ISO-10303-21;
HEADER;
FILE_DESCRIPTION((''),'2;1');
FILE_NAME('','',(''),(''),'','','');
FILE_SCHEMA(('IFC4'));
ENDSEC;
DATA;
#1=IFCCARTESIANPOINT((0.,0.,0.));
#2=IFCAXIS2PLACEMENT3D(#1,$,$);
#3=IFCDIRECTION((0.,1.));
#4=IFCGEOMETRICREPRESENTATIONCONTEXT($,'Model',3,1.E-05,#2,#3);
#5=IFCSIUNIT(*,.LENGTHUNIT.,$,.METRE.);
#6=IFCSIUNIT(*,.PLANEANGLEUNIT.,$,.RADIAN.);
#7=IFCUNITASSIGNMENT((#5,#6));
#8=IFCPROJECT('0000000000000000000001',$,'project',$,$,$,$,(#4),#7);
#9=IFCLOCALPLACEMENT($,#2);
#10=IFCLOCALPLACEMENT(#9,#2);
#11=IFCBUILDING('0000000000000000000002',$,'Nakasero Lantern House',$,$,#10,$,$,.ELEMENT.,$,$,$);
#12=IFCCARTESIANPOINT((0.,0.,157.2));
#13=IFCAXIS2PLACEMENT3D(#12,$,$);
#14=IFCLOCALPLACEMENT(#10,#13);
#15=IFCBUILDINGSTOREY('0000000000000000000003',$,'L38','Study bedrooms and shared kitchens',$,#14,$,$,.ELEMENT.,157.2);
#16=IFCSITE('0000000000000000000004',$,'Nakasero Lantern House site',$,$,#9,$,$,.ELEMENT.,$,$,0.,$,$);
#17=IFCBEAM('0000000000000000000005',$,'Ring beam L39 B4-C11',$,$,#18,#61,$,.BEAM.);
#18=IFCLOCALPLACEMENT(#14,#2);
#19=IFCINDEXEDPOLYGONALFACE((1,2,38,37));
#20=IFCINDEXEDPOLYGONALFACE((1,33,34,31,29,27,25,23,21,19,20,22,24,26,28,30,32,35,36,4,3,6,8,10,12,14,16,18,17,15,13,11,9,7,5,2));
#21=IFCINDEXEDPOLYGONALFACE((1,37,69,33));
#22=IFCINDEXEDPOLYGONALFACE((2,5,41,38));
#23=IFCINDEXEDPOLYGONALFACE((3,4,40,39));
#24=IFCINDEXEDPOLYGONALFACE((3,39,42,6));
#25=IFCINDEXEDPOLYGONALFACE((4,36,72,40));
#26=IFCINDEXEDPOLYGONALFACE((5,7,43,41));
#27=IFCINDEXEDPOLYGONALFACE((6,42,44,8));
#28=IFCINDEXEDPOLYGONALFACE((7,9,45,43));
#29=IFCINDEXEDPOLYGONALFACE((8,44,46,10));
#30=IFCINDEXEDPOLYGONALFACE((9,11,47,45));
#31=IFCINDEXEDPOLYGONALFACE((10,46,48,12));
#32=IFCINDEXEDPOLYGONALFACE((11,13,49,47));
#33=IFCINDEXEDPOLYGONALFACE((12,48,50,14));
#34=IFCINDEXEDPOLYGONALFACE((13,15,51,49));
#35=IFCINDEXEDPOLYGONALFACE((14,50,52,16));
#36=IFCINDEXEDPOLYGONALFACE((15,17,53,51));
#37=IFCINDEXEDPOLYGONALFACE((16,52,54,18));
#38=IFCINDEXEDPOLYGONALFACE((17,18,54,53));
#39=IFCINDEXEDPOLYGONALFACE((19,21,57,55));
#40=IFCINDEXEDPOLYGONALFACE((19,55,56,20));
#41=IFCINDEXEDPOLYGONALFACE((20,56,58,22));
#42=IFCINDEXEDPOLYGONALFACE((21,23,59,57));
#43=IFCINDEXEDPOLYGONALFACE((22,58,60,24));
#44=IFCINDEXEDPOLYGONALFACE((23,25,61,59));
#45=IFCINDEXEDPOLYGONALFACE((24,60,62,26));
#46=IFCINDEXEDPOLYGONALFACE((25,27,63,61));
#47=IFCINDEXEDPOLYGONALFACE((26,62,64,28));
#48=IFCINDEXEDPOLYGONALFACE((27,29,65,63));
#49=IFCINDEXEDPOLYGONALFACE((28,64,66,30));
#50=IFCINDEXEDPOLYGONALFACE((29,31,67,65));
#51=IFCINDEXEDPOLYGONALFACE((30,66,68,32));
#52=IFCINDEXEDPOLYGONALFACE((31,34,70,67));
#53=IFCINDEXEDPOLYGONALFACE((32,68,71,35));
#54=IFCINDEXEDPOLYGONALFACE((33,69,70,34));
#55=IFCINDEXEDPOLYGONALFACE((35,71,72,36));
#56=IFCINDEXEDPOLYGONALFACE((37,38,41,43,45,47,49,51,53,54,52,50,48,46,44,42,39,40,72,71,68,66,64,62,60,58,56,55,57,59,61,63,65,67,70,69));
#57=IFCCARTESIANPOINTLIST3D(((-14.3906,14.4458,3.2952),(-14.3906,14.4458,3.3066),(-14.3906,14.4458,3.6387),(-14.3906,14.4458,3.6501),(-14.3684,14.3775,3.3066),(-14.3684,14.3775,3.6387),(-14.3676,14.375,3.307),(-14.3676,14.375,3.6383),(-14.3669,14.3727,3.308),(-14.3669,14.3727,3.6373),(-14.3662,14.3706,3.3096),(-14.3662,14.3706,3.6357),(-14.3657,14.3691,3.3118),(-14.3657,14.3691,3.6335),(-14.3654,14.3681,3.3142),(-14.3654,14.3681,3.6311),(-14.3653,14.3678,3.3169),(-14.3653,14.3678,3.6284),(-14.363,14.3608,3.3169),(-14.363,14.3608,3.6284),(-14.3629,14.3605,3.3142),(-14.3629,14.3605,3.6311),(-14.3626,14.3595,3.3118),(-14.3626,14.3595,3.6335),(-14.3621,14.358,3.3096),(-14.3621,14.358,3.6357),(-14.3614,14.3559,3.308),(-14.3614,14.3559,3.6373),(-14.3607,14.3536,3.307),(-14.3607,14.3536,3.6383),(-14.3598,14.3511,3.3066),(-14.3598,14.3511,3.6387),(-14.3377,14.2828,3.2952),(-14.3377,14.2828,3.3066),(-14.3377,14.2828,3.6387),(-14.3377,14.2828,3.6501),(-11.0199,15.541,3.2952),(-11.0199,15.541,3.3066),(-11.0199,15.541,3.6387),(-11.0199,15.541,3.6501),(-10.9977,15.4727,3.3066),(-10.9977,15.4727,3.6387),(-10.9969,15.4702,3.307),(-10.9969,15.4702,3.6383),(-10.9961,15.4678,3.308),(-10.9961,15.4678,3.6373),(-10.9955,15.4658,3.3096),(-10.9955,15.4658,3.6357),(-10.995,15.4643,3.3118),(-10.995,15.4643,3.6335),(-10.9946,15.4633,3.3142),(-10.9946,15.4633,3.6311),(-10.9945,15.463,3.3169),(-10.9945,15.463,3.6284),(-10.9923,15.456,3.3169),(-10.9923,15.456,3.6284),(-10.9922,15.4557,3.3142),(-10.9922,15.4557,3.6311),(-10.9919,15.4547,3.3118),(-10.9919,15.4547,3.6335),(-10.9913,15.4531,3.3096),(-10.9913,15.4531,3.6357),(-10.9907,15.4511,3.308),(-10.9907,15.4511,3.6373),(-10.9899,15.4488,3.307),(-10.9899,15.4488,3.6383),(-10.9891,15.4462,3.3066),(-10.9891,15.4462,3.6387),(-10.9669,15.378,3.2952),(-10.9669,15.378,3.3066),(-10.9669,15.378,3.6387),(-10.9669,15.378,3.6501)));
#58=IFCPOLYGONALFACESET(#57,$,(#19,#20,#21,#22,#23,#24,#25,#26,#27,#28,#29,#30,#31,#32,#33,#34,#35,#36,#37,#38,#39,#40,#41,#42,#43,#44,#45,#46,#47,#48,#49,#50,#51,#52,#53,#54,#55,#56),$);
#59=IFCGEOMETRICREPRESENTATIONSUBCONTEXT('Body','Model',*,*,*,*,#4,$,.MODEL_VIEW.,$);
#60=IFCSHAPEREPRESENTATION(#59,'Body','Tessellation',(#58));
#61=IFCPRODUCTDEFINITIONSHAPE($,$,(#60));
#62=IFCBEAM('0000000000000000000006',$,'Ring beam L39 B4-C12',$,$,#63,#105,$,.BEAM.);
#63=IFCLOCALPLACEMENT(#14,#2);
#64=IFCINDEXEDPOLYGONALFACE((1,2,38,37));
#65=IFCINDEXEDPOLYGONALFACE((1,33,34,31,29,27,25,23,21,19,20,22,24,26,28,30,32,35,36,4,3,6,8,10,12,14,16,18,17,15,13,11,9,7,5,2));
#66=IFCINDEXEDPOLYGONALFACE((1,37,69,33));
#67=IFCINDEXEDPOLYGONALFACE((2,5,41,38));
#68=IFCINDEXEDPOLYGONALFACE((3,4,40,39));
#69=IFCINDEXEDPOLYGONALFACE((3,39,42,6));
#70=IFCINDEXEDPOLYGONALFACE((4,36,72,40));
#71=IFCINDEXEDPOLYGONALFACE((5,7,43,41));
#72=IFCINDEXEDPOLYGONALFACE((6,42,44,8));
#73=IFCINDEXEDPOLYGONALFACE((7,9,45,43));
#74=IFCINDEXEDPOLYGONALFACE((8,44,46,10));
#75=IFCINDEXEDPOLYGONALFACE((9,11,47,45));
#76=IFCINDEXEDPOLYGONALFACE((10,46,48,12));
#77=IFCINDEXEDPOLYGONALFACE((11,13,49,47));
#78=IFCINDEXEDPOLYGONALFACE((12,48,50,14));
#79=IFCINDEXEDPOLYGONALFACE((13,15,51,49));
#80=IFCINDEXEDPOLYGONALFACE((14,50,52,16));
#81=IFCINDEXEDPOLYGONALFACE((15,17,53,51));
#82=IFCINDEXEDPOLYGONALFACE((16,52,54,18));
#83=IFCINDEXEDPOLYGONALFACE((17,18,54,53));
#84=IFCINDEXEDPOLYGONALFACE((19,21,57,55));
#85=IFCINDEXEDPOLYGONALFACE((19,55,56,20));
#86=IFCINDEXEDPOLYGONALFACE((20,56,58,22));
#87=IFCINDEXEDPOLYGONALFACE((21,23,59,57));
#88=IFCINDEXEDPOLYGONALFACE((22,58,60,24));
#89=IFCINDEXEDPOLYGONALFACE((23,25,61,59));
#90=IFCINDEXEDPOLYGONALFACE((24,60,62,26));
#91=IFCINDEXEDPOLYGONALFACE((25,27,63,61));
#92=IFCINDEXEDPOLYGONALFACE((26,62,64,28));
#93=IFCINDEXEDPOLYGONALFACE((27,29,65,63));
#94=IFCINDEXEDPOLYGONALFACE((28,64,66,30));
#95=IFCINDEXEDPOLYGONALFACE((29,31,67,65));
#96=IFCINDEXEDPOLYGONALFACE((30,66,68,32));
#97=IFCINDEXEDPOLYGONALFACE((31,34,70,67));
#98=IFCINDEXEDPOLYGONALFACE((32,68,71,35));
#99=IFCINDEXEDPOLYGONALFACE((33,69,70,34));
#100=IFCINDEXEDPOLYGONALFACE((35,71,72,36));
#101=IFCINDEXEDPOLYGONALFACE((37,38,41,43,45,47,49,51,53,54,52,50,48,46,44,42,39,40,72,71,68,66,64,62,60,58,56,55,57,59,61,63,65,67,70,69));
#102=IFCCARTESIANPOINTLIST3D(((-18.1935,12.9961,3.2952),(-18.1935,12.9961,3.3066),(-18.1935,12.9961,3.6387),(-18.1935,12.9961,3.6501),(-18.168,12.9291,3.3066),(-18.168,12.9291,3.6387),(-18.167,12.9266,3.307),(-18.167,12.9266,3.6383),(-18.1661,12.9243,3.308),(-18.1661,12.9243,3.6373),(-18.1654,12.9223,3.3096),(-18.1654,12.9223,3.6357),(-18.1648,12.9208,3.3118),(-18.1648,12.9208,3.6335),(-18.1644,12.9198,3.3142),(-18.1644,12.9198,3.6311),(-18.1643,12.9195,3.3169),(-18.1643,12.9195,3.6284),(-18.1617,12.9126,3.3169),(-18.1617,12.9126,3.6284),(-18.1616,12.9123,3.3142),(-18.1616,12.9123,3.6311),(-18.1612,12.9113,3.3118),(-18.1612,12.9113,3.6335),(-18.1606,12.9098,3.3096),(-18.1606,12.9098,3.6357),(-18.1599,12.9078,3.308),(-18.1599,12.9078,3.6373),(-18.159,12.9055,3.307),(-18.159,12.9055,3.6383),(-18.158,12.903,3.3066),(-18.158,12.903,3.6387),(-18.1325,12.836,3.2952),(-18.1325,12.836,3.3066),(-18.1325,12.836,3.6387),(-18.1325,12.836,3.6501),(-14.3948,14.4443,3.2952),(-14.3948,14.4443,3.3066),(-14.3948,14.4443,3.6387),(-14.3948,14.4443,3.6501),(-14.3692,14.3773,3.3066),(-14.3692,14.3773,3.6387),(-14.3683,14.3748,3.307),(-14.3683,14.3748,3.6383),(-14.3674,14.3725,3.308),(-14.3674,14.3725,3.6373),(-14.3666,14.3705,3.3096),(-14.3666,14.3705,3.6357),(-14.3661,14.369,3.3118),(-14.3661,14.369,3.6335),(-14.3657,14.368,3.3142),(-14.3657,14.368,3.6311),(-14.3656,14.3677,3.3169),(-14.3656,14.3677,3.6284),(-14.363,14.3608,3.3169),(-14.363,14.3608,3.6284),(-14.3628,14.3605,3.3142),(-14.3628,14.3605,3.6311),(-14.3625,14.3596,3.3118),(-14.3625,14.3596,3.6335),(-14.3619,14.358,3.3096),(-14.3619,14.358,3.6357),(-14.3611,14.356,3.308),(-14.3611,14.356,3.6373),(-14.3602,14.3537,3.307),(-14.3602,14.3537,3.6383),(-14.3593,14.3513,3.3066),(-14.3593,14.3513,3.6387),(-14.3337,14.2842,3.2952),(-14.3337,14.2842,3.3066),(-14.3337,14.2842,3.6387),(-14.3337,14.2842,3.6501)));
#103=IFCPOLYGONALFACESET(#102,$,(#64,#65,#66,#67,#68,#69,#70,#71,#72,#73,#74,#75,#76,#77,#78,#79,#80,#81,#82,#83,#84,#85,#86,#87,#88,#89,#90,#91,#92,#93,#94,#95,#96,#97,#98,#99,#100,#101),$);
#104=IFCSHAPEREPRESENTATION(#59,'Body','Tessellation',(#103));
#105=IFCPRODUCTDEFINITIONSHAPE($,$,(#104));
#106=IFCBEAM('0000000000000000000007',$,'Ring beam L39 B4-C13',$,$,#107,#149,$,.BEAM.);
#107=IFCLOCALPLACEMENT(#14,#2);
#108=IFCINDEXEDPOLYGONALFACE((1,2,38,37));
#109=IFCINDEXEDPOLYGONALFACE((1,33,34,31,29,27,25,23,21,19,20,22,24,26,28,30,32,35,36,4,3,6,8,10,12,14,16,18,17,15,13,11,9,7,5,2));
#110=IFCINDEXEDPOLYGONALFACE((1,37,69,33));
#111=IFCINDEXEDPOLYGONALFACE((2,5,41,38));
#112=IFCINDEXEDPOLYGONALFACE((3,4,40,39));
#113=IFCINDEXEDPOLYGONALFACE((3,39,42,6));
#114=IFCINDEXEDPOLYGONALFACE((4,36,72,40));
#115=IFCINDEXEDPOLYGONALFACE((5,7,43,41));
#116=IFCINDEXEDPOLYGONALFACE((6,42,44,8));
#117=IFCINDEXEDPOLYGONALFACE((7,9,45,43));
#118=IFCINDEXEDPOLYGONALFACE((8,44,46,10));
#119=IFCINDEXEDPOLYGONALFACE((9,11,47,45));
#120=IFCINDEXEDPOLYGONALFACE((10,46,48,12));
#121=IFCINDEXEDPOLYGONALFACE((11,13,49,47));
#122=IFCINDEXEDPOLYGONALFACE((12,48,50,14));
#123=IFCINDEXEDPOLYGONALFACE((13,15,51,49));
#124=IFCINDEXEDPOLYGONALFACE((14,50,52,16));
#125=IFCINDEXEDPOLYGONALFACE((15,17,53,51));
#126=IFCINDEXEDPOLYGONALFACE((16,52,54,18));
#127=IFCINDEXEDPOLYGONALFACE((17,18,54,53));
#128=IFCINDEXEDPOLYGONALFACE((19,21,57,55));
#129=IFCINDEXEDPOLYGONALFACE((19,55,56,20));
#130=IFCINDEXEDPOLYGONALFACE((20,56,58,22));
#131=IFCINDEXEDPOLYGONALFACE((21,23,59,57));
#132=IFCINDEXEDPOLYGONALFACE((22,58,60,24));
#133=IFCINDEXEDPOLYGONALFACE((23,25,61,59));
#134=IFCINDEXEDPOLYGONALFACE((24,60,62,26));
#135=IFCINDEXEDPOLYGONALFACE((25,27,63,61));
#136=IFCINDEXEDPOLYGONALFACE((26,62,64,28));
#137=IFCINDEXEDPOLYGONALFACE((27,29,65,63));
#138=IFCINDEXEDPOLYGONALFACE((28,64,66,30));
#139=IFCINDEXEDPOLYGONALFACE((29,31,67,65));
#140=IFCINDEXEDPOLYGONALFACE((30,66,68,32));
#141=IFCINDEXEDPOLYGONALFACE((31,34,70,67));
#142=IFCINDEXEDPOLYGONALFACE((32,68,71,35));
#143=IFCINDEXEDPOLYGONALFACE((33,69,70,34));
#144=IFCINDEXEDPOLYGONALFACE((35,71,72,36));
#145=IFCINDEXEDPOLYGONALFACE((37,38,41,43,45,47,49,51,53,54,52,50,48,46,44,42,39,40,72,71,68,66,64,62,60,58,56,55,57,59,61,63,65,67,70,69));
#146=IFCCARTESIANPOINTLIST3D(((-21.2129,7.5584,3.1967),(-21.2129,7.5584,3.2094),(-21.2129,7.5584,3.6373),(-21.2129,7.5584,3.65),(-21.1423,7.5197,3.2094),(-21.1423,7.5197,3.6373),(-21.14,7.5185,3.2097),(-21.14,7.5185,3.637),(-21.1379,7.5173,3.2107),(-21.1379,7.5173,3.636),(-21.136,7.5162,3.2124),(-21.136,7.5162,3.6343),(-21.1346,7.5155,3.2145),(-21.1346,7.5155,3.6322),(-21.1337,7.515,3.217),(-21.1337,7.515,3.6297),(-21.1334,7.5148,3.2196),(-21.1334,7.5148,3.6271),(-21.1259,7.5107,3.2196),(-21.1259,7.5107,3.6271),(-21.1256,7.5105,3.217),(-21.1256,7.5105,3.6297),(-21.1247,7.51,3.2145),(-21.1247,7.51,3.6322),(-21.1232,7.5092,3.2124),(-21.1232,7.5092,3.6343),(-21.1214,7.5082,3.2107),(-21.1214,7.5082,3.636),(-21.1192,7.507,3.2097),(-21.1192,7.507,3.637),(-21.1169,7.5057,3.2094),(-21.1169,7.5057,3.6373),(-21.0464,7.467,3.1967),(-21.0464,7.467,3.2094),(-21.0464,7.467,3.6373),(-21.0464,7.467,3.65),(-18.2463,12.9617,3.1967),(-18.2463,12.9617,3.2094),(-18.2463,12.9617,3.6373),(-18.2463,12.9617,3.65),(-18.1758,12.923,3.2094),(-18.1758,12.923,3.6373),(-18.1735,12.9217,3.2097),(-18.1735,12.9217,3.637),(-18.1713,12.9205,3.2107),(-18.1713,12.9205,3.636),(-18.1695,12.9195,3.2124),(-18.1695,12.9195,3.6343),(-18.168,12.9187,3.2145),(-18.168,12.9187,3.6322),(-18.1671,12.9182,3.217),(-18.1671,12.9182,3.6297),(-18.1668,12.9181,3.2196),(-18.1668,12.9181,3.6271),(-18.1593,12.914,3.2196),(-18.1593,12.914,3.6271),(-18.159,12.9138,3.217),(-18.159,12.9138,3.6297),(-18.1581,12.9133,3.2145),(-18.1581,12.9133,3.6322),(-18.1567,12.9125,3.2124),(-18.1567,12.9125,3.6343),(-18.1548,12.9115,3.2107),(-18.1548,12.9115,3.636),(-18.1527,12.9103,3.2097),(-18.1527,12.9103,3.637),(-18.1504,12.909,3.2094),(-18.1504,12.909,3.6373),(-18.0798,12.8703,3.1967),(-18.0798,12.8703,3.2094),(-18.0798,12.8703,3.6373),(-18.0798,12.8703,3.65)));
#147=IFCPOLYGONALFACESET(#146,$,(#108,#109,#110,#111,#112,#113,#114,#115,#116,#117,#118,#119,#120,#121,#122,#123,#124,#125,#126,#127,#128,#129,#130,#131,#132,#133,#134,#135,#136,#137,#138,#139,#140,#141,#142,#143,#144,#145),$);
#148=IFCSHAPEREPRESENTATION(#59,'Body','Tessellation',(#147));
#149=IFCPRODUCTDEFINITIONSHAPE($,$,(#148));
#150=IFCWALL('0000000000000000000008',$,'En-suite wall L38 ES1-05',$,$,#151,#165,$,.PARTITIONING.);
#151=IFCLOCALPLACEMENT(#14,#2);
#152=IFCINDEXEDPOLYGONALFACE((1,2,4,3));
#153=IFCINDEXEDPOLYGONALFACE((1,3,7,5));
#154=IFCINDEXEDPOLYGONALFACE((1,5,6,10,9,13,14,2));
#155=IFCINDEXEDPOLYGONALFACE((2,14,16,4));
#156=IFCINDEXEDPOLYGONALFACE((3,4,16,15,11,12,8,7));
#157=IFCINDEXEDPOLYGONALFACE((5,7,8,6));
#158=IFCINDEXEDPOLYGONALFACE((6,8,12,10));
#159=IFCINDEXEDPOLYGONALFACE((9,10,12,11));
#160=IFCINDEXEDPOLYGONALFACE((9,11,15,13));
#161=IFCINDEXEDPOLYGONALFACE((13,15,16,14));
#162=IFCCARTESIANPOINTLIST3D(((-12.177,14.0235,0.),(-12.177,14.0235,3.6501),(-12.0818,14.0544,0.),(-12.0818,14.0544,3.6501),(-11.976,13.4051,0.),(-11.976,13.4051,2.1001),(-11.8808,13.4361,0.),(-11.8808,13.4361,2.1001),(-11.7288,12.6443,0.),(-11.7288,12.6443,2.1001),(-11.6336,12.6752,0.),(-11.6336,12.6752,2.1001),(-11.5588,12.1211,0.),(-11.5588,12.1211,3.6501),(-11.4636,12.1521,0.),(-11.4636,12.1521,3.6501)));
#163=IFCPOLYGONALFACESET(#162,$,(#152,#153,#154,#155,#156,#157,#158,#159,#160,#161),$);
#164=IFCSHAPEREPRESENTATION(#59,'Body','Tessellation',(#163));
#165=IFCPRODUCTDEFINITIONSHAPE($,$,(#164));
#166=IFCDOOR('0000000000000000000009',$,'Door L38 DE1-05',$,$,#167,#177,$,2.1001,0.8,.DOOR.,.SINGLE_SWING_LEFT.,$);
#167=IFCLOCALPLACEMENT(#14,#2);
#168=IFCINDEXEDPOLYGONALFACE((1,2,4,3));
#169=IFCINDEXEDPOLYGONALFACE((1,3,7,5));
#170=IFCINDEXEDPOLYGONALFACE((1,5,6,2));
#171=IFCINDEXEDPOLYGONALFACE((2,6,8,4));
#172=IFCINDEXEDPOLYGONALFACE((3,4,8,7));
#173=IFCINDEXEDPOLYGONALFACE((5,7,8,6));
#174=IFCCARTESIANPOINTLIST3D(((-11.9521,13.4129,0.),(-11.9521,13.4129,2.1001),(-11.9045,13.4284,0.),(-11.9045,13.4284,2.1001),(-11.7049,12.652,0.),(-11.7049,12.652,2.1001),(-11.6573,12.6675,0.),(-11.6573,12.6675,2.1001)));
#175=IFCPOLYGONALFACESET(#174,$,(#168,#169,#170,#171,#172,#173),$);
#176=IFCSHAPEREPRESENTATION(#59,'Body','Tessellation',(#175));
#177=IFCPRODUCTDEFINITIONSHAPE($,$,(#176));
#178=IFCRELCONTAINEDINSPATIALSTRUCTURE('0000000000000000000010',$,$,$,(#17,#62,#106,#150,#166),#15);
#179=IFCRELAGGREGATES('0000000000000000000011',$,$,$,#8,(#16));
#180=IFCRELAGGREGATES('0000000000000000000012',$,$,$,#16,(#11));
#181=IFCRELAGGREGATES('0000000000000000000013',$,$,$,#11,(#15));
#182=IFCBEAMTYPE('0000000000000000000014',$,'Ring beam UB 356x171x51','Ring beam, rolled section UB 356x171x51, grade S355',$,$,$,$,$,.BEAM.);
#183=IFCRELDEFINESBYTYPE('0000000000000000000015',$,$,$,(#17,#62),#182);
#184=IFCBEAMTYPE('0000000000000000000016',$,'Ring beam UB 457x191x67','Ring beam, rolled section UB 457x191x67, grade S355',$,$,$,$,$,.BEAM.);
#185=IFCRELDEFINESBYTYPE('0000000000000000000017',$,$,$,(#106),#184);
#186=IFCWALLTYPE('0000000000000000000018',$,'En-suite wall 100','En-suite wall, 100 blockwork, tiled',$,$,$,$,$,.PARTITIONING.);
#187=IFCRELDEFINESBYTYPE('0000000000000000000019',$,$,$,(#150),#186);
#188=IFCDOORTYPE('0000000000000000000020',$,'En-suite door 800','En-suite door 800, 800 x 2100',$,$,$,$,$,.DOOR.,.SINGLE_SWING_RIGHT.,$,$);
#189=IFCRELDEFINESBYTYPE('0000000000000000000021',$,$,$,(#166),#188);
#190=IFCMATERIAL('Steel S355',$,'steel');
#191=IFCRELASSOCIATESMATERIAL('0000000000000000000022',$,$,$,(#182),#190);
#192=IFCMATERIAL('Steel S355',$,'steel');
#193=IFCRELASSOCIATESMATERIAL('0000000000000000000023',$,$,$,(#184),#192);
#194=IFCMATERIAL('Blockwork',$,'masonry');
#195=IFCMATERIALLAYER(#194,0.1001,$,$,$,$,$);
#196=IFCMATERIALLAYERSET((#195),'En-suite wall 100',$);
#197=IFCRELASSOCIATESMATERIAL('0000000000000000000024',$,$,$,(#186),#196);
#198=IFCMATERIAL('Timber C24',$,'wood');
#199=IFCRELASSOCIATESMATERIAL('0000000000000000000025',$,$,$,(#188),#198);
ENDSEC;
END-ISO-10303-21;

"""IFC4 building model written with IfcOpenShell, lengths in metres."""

from ifc_helpers import new_model, si_unit, direction, frame, frame_2d, origin, origin_2d, place, context, subcontext, project, spatial, rectangle, i_section, extrude, material, layer, layer_set, material_profile, profile_set, type_object, element, fill, save


model = new_model("IFC4")

# Units and contexts
model_context = context("Model", 3, precision=1e-05, world=origin(), true_north=direction((0.0, 1.0)))
body_context = subcontext(model_context, "Body", "Model", "MODEL_VIEW")
ifc_project = project(units=[si_unit("LENGTHUNIT", "METRE"), si_unit("PLANEANGLEUNIT", "RADIAN")], contexts=[model_context])

# Site, building, storey
site_placement = place(None, origin())
site = spatial("IfcSite", under=ifc_project, at=site_placement, Name="Nakasero Lantern House site", CompositionType="ELEMENT", RefElevation=0.0)
building_placement = place(site_placement, origin())
building = spatial("IfcBuilding", under=site, at=building_placement, Name="Nakasero Lantern House", CompositionType="ELEMENT")
storey_placement = place(building_placement, frame((0.0, 0.0, 157.2)))
storey = spatial("IfcBuildingStorey", under=building, at=storey_placement, Name="L38", Description="Study bedrooms and shared kitchens", CompositionType="ELEMENT", Elevation=157.2)

# Beams
ifc_material_1 = material(Name="Steel S355", Category="steel")
ifc_material_profile_1 = material_profile(ifc_material_1, i_section(OverallWidth=0.1714, OverallDepth=0.355, WebThickness=0.0073, FlangeThickness=0.0115, FilletRadius=0.0103, at=origin_2d()), Name="UB 356x171x51")
ifc_profile_set_1 = profile_set([ifc_material_profile_1], Name="Steel S355")
beam_type_1 = type_object("IfcBeamType", Name="Ring beam UB 356x171x51", Description="Ring beam, rolled section UB 356x171x51, grade S355", PredefinedType="BEAM", material=ifc_profile_set_1)
beam_1_placement = place(storey_placement, frame((-10.9934, 15.4595, 3.4727), z_axis=(-0.95106, -0.309007, 0.0), x_axis=(0.309007, -0.95106, 0.0)))
element("IfcBeam", 1, at=beam_1_placement, inside=storey, type_object=beam_type_1, Name="Ring beam L39 B4-C11", PredefinedType="BEAM", context=body_context, shape_type="SweptSolid", body=[
    extrude(i_section(OverallWidth=0.1714, OverallDepth=0.355, WebThickness=0.0073, FlangeThickness=0.0115, FilletRadius=0.0103, at=origin_2d()), origin(), (0.0, 0.0, 1.0), 3.5442),
])
beam_2_placement = place(storey_placement, frame((-14.3643, 14.3643, 3.4727), z_axis=(-0.9344, -0.356225, 0.0), x_axis=(0.356225, -0.9344, 0.0)))
element("IfcBeam", 2, at=beam_2_placement, inside=storey, type_object=beam_type_1, Name="Ring beam L39 B4-C12", PredefinedType="BEAM", context=body_context, shape_type="SweptSolid", body=[
    extrude(i_section(OverallWidth=0.1714, OverallDepth=0.355, WebThickness=0.0073, FlangeThickness=0.0115, FilletRadius=0.0103, at=origin_2d()), origin(), (0.0, 0.0, 1.0), 4.0654),
])
ifc_material_2 = material(Name="Steel S355", Category="steel")
ifc_material_profile_2 = material_profile(ifc_material_2, i_section(OverallWidth=0.1899, OverallDepth=0.4534, WebThickness=0.0085, FlangeThickness=0.0127, FilletRadius=0.0103, at=origin_2d()), Name="UB 457x191x67")
ifc_profile_set_2 = profile_set([ifc_material_profile_2], Name="Steel S355")
beam_type_2 = type_object("IfcBeamType", Name="Ring beam UB 457x191x67", Description="Ring beam, rolled section UB 457x191x67, grade S355", PredefinedType="BEAM", material=ifc_profile_set_2)
beam_3_placement = place(storey_placement, frame((-18.1631, 12.916, 3.4233), z_axis=(-0.481262, -0.876577, 0.0), x_axis=(0.876577, -0.481262, 0.0)))
element("IfcBeam", 3, at=beam_3_placement, inside=storey, type_object=beam_type_2, Name="Ring beam L39 B4-C13", PredefinedType="BEAM", context=body_context, shape_type="SweptSolid", body=[
    extrude(i_section(OverallWidth=0.1899, OverallDepth=0.4534, WebThickness=0.0085, FlangeThickness=0.0127, FilletRadius=0.0103, at=origin_2d()), origin(), (0.0, 0.0, 1.0), 6.1641),
])

# Wall, opening, door
ifc_material_3 = material(Name="Blockwork", Category="masonry")
ifc_layer_1 = layer(ifc_material_3, 0.1001)
ifc_layer_set_1 = layer_set([ifc_layer_1], Name="En-suite wall 100")
wall_type_1 = type_object("IfcWallType", Name="En-suite wall 100", Description="En-suite wall, 100 blockwork, tiled", PredefinedType="PARTITIONING", material=ifc_layer_set_1)
wall_1_placement = place(storey_placement, frame((-11.5112, 12.1367, 0.0), z_axis=(0.0, 0.0, 1.0), x_axis=(-0.309042, 0.951048, 0.0)))
wall_1 = element("IfcWall", 4, at=wall_1_placement, inside=storey, type_object=wall_type_1, Name="En-suite wall L38 ES1-05", PredefinedType="PARTITIONING", context=body_context, shape_type="SweptSolid", body=[
    extrude(rectangle(XDim=2.0002, YDim=0.1001, at=frame_2d((1.0, 0.0))), origin(), (0.0, 0.0, 1.0), 3.6501),
])
opening_1_placement = place(wall_1_placement, frame((0.55, 0.0, 0.0)))
opening_1 = element("IfcOpeningElement", 5, at=opening_1_placement, cuts=wall_1, PredefinedType="OPENING", context=body_context, shape_type="SweptSolid", body=[
    extrude(rectangle(XDim=0.8, YDim=2.1001, at=frame_2d((0.3999, 1.05))), frame((0.0, 0.0701, 0.0), z_axis=(0.0, -1.0, 0.0), x_axis=(1.0, 0.0, 0.0)), (0.0, 0.0, 1.0), 0.1401),
])
ifc_material_4 = material(Name="Timber C24", Category="wood")
door_type_1 = type_object("IfcDoorType", Name="En-suite door 800", Description="En-suite door 800, 800 x 2100", OperationType="SINGLE_SWING_RIGHT", PredefinedType="DOOR", material=ifc_material_4)
door_1_placement = place(opening_1_placement, origin())
door_1 = element("IfcDoor", 6, at=door_1_placement, inside=storey, type_object=door_type_1, Name="Door L38 DE1-05", OperationType="SINGLE_SWING_LEFT", OverallHeight=2.1001, OverallWidth=0.8, PredefinedType="DOOR", context=body_context, shape_type="SweptSolid", body=[
    extrude(rectangle(XDim=0.8, YDim=2.1001, at=frame_2d((0.3999, 1.05))), frame((0.0, 0.0249, 0.0), z_axis=(0.0, -1.0, 0.0), x_axis=(1.0, 0.0, 0.0)), (0.0, 0.0, 1.0), 0.05),
])
fill(opening_1, door_1)

save(model, "model.ifc")
